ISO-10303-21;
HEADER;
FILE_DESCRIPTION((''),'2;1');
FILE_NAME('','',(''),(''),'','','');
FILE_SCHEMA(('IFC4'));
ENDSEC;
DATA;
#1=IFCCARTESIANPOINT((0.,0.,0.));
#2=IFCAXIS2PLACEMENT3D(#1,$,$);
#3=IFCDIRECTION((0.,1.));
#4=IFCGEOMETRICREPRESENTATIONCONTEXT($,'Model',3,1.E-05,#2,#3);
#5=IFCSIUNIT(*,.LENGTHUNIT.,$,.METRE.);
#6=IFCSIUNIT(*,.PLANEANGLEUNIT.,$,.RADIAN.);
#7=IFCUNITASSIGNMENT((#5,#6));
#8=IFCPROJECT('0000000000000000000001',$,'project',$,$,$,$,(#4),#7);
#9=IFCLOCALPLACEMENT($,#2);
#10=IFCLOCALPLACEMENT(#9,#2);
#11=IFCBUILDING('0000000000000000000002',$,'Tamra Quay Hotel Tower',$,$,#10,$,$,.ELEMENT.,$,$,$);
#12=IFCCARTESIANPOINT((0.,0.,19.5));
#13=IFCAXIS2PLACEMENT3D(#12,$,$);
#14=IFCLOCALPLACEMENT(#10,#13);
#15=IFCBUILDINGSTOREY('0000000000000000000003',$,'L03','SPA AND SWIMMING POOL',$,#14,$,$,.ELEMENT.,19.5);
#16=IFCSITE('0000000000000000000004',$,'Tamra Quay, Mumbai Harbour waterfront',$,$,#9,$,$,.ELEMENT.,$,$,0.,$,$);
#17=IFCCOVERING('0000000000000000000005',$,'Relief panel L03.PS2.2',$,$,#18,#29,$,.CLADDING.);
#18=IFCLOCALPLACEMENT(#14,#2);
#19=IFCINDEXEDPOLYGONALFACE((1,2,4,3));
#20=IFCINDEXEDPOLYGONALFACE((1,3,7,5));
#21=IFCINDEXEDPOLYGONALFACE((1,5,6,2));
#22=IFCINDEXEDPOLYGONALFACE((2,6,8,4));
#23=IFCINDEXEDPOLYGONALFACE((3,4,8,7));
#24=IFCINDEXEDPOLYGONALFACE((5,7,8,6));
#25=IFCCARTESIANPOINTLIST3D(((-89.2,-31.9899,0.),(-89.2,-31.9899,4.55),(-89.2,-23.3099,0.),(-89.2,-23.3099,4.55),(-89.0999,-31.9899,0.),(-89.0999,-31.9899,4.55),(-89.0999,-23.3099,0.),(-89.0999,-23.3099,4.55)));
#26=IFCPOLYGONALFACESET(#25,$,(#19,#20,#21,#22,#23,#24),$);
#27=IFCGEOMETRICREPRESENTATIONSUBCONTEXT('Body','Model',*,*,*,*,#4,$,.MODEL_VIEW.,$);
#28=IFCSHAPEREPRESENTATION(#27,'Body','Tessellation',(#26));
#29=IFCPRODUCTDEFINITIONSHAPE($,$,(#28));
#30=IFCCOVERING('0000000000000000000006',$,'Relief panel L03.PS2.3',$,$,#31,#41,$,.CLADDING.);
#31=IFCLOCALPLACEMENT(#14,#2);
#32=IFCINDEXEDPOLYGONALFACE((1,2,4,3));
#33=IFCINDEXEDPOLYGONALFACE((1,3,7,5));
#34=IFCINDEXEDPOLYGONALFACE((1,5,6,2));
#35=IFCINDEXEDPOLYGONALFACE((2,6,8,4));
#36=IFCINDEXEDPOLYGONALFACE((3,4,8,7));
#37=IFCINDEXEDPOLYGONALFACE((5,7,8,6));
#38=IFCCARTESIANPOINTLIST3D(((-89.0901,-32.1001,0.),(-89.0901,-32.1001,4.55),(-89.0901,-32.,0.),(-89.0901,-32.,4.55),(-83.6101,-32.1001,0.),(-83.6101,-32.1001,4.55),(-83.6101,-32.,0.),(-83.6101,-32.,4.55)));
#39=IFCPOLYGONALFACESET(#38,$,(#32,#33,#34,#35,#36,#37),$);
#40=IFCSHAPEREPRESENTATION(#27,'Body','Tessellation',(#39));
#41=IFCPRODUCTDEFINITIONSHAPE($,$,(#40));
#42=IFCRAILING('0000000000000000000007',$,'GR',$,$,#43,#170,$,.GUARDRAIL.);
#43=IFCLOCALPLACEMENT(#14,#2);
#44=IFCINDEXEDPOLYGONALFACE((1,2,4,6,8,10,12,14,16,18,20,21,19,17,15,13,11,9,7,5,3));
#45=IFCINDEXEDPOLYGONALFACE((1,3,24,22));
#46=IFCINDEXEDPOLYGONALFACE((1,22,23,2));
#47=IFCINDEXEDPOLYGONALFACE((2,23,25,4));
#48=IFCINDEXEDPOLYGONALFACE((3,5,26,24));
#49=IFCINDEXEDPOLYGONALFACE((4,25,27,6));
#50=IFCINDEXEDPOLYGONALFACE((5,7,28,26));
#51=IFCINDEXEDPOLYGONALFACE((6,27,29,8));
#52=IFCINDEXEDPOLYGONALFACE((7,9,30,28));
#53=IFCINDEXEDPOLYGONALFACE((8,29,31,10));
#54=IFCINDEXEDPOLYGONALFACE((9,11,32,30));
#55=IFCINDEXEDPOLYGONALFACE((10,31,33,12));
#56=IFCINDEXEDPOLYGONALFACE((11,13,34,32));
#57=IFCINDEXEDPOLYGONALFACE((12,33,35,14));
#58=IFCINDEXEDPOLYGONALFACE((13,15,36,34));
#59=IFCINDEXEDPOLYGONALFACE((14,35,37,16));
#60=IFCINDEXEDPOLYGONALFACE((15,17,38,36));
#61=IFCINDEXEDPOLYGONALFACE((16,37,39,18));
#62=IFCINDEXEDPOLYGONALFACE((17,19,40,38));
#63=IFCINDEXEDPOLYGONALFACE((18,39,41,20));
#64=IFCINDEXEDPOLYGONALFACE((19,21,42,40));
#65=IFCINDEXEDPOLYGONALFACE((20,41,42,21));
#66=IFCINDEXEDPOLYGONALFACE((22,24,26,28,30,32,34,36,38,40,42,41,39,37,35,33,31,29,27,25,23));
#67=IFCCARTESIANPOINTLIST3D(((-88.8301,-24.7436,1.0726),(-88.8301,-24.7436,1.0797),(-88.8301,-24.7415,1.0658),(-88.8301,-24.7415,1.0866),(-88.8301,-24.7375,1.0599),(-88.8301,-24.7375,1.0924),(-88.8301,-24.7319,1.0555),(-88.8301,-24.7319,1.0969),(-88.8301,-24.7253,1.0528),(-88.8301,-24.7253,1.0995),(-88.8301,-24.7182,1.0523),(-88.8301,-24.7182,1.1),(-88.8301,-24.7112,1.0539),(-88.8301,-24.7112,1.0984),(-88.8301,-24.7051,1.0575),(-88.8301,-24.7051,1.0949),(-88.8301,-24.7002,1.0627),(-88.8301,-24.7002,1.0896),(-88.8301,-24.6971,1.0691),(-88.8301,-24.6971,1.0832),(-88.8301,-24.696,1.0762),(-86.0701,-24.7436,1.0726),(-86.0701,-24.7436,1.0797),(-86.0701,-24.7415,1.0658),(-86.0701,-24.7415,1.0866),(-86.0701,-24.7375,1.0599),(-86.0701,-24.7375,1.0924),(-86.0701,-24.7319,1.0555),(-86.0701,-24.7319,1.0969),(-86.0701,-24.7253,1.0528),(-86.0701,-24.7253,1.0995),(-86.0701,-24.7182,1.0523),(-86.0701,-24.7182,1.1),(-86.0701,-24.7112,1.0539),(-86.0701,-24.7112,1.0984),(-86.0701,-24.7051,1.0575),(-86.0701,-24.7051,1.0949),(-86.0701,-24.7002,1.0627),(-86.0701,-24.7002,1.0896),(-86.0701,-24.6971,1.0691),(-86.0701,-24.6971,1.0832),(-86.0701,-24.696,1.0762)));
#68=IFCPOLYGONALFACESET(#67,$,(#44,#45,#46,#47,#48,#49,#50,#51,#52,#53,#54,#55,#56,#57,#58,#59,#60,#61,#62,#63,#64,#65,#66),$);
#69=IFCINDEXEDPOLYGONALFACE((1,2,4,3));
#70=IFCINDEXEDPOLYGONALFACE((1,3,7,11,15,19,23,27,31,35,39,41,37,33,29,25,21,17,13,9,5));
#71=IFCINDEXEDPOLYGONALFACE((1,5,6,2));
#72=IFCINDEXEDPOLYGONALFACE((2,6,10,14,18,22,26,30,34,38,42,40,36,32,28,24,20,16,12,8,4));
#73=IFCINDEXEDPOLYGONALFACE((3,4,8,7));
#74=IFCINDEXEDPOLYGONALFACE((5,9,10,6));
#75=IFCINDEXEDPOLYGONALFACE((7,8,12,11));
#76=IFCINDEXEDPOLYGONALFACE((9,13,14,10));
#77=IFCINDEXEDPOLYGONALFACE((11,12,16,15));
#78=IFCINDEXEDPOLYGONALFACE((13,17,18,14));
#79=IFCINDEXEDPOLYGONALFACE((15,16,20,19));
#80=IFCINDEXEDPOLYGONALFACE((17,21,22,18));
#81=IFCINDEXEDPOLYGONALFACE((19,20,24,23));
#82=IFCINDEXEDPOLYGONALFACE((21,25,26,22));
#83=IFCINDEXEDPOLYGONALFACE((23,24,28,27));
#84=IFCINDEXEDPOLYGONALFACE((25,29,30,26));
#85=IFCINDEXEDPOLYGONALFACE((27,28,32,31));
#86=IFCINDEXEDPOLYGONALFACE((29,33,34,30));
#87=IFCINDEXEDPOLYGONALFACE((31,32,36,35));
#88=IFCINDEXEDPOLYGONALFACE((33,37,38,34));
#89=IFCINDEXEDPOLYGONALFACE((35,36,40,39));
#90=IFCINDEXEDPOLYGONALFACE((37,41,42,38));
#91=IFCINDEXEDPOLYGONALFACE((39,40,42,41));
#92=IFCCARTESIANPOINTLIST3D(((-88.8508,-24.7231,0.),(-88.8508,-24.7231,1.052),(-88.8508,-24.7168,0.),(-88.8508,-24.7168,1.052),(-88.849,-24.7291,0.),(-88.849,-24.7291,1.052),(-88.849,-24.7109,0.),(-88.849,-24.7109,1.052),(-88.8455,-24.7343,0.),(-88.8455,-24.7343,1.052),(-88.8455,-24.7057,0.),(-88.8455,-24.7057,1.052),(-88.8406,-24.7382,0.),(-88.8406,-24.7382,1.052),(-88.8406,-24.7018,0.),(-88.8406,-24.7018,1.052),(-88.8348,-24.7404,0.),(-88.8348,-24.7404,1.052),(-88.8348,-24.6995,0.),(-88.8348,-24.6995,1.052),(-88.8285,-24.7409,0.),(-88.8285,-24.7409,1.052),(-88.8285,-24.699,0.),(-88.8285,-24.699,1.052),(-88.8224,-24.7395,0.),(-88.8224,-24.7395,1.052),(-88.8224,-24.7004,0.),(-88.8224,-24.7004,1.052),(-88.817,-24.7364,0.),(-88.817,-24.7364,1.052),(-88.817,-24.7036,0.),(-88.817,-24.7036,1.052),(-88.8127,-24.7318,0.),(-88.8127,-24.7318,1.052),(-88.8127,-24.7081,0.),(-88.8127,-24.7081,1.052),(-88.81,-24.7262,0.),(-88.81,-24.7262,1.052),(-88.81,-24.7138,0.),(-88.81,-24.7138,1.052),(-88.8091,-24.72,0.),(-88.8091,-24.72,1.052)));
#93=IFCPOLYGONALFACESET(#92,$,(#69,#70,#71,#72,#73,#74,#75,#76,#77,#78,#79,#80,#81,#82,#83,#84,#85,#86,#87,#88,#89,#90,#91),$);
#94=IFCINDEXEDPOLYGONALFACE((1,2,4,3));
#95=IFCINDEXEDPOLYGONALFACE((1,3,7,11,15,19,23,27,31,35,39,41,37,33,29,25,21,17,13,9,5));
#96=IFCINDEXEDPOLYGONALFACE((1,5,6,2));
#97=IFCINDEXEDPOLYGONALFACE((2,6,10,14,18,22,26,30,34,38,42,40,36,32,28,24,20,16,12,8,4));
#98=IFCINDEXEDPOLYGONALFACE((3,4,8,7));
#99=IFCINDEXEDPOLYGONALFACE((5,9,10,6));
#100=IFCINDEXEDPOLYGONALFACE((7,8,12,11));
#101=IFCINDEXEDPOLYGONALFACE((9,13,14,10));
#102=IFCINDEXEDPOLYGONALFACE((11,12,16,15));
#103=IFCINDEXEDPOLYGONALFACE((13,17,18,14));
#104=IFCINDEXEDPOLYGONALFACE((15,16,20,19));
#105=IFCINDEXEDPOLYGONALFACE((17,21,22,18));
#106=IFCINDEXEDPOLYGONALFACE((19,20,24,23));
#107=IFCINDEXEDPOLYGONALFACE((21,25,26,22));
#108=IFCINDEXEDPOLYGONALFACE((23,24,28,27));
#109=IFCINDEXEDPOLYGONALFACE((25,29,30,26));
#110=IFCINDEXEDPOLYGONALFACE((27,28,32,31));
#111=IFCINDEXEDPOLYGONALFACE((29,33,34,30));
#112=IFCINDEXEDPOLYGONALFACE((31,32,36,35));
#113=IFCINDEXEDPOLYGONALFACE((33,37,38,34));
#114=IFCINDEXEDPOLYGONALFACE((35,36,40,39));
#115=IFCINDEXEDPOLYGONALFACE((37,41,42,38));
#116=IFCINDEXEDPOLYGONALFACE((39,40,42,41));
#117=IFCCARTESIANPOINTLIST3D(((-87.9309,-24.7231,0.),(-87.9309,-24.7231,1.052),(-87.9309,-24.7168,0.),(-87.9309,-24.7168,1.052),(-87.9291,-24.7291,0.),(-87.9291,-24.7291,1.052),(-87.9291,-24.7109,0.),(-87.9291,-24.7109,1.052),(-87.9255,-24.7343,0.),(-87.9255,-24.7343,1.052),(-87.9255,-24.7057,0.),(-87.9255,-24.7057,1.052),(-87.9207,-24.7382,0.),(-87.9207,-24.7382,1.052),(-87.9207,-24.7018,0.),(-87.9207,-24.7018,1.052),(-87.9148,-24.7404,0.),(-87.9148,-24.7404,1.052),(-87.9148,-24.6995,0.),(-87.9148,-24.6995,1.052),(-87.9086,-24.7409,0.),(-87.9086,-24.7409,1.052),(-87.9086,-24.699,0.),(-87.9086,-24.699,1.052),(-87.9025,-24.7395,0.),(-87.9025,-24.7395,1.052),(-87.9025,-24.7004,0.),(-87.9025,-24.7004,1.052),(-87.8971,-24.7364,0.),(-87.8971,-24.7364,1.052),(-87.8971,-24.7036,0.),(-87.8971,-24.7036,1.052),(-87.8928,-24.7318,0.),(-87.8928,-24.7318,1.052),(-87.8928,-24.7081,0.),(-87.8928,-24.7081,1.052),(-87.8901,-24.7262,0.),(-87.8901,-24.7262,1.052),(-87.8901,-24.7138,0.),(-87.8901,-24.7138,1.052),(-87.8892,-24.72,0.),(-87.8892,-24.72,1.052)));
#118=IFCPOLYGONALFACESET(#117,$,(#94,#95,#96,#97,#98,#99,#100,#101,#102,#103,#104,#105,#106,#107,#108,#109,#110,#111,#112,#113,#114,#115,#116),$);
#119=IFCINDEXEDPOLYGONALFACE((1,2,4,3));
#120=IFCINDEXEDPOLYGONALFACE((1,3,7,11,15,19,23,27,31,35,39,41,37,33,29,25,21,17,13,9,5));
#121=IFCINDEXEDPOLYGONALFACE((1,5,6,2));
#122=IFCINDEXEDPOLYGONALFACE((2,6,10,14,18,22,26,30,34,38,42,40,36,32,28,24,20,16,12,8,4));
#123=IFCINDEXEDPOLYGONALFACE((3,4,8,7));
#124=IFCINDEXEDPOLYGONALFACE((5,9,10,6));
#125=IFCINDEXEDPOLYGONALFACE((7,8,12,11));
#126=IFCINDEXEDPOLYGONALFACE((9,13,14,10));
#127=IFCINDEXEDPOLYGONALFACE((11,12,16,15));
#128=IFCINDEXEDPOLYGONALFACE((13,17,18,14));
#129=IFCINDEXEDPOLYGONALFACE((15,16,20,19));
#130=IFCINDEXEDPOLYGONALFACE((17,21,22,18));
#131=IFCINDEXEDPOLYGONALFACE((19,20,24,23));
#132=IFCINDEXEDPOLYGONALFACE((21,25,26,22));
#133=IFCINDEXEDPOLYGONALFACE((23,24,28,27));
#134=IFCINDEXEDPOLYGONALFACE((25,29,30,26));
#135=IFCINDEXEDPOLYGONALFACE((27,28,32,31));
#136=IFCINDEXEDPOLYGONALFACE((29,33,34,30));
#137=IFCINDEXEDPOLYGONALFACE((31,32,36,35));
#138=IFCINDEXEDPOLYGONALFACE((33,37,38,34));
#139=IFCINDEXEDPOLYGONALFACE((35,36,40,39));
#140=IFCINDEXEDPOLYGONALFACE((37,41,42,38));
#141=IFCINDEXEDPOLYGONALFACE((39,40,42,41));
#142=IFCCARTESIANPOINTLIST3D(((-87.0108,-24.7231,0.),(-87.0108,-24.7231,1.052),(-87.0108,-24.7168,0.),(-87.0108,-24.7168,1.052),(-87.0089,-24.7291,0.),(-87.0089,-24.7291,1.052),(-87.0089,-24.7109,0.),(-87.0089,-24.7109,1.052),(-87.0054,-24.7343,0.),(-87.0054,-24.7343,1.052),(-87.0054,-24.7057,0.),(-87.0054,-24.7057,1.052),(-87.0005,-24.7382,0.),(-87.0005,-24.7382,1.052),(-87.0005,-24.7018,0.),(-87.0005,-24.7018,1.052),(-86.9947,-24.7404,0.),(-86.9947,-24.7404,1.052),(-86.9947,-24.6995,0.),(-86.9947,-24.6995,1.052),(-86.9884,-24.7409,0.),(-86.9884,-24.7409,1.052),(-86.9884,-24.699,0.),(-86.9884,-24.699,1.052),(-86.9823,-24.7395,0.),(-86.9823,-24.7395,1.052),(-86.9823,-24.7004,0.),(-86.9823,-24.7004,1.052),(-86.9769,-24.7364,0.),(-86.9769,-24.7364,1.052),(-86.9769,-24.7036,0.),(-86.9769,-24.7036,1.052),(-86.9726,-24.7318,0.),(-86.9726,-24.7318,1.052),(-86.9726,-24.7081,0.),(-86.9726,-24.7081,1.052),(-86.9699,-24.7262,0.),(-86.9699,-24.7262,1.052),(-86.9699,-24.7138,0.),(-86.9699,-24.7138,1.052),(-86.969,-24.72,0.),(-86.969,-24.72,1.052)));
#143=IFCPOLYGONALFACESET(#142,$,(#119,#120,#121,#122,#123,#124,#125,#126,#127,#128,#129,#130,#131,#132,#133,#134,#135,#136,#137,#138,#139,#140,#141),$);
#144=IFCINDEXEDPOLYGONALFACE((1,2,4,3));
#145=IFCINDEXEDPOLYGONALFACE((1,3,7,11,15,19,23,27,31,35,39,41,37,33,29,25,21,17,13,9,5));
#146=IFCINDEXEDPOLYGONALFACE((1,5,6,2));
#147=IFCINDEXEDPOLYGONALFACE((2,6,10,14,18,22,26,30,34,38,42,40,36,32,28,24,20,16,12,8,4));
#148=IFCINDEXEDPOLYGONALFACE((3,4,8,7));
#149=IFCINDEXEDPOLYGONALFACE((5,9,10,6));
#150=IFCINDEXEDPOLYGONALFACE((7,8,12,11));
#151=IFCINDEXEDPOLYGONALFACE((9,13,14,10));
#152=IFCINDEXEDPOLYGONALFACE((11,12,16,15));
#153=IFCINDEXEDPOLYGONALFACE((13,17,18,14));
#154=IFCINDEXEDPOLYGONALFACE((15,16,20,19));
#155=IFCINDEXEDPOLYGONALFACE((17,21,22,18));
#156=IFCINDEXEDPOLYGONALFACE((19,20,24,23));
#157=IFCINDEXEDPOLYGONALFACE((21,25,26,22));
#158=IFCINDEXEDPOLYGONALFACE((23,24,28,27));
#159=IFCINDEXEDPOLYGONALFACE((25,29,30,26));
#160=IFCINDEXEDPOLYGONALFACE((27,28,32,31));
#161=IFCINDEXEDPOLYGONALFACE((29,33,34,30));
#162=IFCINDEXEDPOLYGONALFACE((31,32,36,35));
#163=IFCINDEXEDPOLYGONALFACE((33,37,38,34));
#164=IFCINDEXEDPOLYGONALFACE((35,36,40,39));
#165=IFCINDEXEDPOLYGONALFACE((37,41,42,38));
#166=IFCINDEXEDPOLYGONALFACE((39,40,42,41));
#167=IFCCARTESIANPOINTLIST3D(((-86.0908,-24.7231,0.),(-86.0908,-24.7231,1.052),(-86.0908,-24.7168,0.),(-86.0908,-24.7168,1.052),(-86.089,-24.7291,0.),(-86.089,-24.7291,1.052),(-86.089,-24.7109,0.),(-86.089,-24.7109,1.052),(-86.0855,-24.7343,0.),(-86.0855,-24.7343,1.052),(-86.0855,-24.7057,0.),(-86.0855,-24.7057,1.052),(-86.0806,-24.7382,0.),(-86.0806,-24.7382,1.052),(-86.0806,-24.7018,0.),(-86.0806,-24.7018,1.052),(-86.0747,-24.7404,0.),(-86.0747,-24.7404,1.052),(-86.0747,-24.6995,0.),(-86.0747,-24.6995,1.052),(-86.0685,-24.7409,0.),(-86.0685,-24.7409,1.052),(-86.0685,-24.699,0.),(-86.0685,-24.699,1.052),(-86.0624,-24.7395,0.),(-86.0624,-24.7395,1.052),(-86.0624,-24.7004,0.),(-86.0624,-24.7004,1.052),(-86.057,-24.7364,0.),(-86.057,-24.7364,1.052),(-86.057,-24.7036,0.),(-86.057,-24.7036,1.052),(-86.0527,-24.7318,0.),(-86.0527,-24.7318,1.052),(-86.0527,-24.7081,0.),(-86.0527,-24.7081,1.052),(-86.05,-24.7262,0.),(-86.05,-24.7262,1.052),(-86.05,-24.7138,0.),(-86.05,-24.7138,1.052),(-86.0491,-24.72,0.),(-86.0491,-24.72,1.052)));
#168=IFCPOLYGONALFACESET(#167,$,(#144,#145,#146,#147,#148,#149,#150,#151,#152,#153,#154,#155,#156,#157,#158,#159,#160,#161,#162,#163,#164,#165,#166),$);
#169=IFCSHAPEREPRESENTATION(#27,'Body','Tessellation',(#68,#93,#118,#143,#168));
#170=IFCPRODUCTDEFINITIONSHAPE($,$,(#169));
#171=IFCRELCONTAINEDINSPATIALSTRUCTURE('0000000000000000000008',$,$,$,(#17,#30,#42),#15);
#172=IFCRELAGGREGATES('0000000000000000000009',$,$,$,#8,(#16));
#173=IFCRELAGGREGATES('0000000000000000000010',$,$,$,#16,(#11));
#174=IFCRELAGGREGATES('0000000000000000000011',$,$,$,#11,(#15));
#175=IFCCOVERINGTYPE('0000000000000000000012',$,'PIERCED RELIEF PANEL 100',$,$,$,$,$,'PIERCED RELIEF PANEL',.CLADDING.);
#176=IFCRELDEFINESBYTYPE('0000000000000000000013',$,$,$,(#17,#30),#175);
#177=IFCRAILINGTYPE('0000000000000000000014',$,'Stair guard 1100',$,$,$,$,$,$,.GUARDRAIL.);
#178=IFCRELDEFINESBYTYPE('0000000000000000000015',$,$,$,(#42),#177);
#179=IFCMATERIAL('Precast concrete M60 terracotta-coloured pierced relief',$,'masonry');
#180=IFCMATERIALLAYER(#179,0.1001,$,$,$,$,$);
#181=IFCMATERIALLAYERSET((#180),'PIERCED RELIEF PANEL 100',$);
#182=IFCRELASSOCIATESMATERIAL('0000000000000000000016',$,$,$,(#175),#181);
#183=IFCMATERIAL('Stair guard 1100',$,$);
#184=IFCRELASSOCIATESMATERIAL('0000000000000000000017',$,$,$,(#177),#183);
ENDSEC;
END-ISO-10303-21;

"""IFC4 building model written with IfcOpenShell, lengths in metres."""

from ifc_helpers import new_model, si_unit, direction, frame, origin, origin_2d, place, context, subcontext, project, spatial, rectangle, circle, extrude, material, layer, layer_set, type_object, element, save


model = new_model("IFC4")

# Units and contexts
model_context = context("Model", 3, precision=1e-05, world=origin(), true_north=direction((0.0, 1.0)))
body_context = subcontext(model_context, "Body", "Model", "MODEL_VIEW")
ifc_project = project(units=[si_unit("LENGTHUNIT", "METRE"), si_unit("PLANEANGLEUNIT", "RADIAN")], contexts=[model_context])

# Site, building, storey
site_placement = place(None, origin())
site = spatial("IfcSite", under=ifc_project, at=site_placement, Name="Tamra Quay, Mumbai Harbour waterfront", CompositionType="ELEMENT", RefElevation=0.0)
building_placement = place(site_placement, origin())
building = spatial("IfcBuilding", under=site, at=building_placement, Name="Tamra Quay Hotel Tower", CompositionType="ELEMENT")
storey_placement = place(building_placement, frame((0.0, 0.0, 19.5)))
storey = spatial("IfcBuildingStorey", under=building, at=storey_placement, Name="L03", Description="SPA AND SWIMMING POOL", CompositionType="ELEMENT", Elevation=19.5)

# Coverings
ifc_material_1 = material(Name="Precast concrete M60 terracotta-coloured pierced relief", Category="masonry")
ifc_layer_1 = layer(ifc_material_1, 0.1001)
ifc_layer_set_1 = layer_set([ifc_layer_1], Name="PIERCED RELIEF PANEL 100")
covering_type_1 = type_object("IfcCoveringType", Name="PIERCED RELIEF PANEL 100", ElementType="PIERCED RELIEF PANEL", PredefinedType="CLADDING", material=ifc_layer_set_1)
covering_1_placement = place(storey_placement, frame((-89.1499, -27.6499, 0.0), z_axis=(0.0, 0.0, 1.0), x_axis=(0.0, -1.0, 0.0)))
element("IfcCovering", 1, at=covering_1_placement, inside=storey, type_object=covering_type_1, Name="Relief panel L03.PS2.2", PredefinedType="CLADDING", context=body_context, shape_type="SweptSolid", body=[
    extrude(rectangle(XDim=8.6799, YDim=0.1001, at=origin_2d()), origin(), (0.0, 0.0, 1.0), 4.55),
])
covering_2_placement = place(storey_placement, frame((-86.3501, -32.05, 0.0), z_axis=(0.0, 0.0, 1.0), x_axis=(1.0, 0.0, 0.0)))
element("IfcCovering", 2, at=covering_2_placement, inside=storey, type_object=covering_type_1, Name="Relief panel L03.PS2.3", PredefinedType="CLADDING", context=body_context, shape_type="SweptSolid", body=[
    extrude(rectangle(XDim=5.48, YDim=0.1001, at=origin_2d()), origin(), (0.0, 0.0, 1.0), 4.55),
])

# Railing
ifc_material_2 = material(Name="Stair guard 1100")
railing_type = type_object("IfcRailingType", Name="Stair guard 1100", PredefinedType="GUARDRAIL", material=ifc_material_2)
railing_placement = place(storey_placement, frame((-88.8301, -24.72, 0.0)))
element("IfcRailing", 3, at=railing_placement, inside=storey, type_object=railing_type, Name="GR", PredefinedType="GUARDRAIL", context=body_context, shape_type="SweptSolid", body=[
    extrude(circle(Radius=0.0239, at=origin_2d()), frame((0.0, 0.0, 1.0762), z_axis=(1.0, 0.0, 0.0), x_axis=(0.0, 1.0, 0.0)), (0.0, 0.0, 1.0), 2.76),
    extrude(circle(Radius=0.021, at=origin_2d()), origin(), (0.0, 0.0, 1.0), 1.052),
    extrude(circle(Radius=0.021, at=origin_2d()), frame((0.9199, 0.0, 0.0)), (0.0, 0.0, 1.0), 1.052),
    extrude(circle(Radius=0.021, at=origin_2d()), frame((1.8401, 0.0, 0.0)), (0.0, 0.0, 1.0), 1.052),
    extrude(circle(Radius=0.021, at=origin_2d()), frame((2.76, 0.0, 0.0)), (0.0, 0.0, 1.0), 1.052),
])

save(model, "model.ifc")
